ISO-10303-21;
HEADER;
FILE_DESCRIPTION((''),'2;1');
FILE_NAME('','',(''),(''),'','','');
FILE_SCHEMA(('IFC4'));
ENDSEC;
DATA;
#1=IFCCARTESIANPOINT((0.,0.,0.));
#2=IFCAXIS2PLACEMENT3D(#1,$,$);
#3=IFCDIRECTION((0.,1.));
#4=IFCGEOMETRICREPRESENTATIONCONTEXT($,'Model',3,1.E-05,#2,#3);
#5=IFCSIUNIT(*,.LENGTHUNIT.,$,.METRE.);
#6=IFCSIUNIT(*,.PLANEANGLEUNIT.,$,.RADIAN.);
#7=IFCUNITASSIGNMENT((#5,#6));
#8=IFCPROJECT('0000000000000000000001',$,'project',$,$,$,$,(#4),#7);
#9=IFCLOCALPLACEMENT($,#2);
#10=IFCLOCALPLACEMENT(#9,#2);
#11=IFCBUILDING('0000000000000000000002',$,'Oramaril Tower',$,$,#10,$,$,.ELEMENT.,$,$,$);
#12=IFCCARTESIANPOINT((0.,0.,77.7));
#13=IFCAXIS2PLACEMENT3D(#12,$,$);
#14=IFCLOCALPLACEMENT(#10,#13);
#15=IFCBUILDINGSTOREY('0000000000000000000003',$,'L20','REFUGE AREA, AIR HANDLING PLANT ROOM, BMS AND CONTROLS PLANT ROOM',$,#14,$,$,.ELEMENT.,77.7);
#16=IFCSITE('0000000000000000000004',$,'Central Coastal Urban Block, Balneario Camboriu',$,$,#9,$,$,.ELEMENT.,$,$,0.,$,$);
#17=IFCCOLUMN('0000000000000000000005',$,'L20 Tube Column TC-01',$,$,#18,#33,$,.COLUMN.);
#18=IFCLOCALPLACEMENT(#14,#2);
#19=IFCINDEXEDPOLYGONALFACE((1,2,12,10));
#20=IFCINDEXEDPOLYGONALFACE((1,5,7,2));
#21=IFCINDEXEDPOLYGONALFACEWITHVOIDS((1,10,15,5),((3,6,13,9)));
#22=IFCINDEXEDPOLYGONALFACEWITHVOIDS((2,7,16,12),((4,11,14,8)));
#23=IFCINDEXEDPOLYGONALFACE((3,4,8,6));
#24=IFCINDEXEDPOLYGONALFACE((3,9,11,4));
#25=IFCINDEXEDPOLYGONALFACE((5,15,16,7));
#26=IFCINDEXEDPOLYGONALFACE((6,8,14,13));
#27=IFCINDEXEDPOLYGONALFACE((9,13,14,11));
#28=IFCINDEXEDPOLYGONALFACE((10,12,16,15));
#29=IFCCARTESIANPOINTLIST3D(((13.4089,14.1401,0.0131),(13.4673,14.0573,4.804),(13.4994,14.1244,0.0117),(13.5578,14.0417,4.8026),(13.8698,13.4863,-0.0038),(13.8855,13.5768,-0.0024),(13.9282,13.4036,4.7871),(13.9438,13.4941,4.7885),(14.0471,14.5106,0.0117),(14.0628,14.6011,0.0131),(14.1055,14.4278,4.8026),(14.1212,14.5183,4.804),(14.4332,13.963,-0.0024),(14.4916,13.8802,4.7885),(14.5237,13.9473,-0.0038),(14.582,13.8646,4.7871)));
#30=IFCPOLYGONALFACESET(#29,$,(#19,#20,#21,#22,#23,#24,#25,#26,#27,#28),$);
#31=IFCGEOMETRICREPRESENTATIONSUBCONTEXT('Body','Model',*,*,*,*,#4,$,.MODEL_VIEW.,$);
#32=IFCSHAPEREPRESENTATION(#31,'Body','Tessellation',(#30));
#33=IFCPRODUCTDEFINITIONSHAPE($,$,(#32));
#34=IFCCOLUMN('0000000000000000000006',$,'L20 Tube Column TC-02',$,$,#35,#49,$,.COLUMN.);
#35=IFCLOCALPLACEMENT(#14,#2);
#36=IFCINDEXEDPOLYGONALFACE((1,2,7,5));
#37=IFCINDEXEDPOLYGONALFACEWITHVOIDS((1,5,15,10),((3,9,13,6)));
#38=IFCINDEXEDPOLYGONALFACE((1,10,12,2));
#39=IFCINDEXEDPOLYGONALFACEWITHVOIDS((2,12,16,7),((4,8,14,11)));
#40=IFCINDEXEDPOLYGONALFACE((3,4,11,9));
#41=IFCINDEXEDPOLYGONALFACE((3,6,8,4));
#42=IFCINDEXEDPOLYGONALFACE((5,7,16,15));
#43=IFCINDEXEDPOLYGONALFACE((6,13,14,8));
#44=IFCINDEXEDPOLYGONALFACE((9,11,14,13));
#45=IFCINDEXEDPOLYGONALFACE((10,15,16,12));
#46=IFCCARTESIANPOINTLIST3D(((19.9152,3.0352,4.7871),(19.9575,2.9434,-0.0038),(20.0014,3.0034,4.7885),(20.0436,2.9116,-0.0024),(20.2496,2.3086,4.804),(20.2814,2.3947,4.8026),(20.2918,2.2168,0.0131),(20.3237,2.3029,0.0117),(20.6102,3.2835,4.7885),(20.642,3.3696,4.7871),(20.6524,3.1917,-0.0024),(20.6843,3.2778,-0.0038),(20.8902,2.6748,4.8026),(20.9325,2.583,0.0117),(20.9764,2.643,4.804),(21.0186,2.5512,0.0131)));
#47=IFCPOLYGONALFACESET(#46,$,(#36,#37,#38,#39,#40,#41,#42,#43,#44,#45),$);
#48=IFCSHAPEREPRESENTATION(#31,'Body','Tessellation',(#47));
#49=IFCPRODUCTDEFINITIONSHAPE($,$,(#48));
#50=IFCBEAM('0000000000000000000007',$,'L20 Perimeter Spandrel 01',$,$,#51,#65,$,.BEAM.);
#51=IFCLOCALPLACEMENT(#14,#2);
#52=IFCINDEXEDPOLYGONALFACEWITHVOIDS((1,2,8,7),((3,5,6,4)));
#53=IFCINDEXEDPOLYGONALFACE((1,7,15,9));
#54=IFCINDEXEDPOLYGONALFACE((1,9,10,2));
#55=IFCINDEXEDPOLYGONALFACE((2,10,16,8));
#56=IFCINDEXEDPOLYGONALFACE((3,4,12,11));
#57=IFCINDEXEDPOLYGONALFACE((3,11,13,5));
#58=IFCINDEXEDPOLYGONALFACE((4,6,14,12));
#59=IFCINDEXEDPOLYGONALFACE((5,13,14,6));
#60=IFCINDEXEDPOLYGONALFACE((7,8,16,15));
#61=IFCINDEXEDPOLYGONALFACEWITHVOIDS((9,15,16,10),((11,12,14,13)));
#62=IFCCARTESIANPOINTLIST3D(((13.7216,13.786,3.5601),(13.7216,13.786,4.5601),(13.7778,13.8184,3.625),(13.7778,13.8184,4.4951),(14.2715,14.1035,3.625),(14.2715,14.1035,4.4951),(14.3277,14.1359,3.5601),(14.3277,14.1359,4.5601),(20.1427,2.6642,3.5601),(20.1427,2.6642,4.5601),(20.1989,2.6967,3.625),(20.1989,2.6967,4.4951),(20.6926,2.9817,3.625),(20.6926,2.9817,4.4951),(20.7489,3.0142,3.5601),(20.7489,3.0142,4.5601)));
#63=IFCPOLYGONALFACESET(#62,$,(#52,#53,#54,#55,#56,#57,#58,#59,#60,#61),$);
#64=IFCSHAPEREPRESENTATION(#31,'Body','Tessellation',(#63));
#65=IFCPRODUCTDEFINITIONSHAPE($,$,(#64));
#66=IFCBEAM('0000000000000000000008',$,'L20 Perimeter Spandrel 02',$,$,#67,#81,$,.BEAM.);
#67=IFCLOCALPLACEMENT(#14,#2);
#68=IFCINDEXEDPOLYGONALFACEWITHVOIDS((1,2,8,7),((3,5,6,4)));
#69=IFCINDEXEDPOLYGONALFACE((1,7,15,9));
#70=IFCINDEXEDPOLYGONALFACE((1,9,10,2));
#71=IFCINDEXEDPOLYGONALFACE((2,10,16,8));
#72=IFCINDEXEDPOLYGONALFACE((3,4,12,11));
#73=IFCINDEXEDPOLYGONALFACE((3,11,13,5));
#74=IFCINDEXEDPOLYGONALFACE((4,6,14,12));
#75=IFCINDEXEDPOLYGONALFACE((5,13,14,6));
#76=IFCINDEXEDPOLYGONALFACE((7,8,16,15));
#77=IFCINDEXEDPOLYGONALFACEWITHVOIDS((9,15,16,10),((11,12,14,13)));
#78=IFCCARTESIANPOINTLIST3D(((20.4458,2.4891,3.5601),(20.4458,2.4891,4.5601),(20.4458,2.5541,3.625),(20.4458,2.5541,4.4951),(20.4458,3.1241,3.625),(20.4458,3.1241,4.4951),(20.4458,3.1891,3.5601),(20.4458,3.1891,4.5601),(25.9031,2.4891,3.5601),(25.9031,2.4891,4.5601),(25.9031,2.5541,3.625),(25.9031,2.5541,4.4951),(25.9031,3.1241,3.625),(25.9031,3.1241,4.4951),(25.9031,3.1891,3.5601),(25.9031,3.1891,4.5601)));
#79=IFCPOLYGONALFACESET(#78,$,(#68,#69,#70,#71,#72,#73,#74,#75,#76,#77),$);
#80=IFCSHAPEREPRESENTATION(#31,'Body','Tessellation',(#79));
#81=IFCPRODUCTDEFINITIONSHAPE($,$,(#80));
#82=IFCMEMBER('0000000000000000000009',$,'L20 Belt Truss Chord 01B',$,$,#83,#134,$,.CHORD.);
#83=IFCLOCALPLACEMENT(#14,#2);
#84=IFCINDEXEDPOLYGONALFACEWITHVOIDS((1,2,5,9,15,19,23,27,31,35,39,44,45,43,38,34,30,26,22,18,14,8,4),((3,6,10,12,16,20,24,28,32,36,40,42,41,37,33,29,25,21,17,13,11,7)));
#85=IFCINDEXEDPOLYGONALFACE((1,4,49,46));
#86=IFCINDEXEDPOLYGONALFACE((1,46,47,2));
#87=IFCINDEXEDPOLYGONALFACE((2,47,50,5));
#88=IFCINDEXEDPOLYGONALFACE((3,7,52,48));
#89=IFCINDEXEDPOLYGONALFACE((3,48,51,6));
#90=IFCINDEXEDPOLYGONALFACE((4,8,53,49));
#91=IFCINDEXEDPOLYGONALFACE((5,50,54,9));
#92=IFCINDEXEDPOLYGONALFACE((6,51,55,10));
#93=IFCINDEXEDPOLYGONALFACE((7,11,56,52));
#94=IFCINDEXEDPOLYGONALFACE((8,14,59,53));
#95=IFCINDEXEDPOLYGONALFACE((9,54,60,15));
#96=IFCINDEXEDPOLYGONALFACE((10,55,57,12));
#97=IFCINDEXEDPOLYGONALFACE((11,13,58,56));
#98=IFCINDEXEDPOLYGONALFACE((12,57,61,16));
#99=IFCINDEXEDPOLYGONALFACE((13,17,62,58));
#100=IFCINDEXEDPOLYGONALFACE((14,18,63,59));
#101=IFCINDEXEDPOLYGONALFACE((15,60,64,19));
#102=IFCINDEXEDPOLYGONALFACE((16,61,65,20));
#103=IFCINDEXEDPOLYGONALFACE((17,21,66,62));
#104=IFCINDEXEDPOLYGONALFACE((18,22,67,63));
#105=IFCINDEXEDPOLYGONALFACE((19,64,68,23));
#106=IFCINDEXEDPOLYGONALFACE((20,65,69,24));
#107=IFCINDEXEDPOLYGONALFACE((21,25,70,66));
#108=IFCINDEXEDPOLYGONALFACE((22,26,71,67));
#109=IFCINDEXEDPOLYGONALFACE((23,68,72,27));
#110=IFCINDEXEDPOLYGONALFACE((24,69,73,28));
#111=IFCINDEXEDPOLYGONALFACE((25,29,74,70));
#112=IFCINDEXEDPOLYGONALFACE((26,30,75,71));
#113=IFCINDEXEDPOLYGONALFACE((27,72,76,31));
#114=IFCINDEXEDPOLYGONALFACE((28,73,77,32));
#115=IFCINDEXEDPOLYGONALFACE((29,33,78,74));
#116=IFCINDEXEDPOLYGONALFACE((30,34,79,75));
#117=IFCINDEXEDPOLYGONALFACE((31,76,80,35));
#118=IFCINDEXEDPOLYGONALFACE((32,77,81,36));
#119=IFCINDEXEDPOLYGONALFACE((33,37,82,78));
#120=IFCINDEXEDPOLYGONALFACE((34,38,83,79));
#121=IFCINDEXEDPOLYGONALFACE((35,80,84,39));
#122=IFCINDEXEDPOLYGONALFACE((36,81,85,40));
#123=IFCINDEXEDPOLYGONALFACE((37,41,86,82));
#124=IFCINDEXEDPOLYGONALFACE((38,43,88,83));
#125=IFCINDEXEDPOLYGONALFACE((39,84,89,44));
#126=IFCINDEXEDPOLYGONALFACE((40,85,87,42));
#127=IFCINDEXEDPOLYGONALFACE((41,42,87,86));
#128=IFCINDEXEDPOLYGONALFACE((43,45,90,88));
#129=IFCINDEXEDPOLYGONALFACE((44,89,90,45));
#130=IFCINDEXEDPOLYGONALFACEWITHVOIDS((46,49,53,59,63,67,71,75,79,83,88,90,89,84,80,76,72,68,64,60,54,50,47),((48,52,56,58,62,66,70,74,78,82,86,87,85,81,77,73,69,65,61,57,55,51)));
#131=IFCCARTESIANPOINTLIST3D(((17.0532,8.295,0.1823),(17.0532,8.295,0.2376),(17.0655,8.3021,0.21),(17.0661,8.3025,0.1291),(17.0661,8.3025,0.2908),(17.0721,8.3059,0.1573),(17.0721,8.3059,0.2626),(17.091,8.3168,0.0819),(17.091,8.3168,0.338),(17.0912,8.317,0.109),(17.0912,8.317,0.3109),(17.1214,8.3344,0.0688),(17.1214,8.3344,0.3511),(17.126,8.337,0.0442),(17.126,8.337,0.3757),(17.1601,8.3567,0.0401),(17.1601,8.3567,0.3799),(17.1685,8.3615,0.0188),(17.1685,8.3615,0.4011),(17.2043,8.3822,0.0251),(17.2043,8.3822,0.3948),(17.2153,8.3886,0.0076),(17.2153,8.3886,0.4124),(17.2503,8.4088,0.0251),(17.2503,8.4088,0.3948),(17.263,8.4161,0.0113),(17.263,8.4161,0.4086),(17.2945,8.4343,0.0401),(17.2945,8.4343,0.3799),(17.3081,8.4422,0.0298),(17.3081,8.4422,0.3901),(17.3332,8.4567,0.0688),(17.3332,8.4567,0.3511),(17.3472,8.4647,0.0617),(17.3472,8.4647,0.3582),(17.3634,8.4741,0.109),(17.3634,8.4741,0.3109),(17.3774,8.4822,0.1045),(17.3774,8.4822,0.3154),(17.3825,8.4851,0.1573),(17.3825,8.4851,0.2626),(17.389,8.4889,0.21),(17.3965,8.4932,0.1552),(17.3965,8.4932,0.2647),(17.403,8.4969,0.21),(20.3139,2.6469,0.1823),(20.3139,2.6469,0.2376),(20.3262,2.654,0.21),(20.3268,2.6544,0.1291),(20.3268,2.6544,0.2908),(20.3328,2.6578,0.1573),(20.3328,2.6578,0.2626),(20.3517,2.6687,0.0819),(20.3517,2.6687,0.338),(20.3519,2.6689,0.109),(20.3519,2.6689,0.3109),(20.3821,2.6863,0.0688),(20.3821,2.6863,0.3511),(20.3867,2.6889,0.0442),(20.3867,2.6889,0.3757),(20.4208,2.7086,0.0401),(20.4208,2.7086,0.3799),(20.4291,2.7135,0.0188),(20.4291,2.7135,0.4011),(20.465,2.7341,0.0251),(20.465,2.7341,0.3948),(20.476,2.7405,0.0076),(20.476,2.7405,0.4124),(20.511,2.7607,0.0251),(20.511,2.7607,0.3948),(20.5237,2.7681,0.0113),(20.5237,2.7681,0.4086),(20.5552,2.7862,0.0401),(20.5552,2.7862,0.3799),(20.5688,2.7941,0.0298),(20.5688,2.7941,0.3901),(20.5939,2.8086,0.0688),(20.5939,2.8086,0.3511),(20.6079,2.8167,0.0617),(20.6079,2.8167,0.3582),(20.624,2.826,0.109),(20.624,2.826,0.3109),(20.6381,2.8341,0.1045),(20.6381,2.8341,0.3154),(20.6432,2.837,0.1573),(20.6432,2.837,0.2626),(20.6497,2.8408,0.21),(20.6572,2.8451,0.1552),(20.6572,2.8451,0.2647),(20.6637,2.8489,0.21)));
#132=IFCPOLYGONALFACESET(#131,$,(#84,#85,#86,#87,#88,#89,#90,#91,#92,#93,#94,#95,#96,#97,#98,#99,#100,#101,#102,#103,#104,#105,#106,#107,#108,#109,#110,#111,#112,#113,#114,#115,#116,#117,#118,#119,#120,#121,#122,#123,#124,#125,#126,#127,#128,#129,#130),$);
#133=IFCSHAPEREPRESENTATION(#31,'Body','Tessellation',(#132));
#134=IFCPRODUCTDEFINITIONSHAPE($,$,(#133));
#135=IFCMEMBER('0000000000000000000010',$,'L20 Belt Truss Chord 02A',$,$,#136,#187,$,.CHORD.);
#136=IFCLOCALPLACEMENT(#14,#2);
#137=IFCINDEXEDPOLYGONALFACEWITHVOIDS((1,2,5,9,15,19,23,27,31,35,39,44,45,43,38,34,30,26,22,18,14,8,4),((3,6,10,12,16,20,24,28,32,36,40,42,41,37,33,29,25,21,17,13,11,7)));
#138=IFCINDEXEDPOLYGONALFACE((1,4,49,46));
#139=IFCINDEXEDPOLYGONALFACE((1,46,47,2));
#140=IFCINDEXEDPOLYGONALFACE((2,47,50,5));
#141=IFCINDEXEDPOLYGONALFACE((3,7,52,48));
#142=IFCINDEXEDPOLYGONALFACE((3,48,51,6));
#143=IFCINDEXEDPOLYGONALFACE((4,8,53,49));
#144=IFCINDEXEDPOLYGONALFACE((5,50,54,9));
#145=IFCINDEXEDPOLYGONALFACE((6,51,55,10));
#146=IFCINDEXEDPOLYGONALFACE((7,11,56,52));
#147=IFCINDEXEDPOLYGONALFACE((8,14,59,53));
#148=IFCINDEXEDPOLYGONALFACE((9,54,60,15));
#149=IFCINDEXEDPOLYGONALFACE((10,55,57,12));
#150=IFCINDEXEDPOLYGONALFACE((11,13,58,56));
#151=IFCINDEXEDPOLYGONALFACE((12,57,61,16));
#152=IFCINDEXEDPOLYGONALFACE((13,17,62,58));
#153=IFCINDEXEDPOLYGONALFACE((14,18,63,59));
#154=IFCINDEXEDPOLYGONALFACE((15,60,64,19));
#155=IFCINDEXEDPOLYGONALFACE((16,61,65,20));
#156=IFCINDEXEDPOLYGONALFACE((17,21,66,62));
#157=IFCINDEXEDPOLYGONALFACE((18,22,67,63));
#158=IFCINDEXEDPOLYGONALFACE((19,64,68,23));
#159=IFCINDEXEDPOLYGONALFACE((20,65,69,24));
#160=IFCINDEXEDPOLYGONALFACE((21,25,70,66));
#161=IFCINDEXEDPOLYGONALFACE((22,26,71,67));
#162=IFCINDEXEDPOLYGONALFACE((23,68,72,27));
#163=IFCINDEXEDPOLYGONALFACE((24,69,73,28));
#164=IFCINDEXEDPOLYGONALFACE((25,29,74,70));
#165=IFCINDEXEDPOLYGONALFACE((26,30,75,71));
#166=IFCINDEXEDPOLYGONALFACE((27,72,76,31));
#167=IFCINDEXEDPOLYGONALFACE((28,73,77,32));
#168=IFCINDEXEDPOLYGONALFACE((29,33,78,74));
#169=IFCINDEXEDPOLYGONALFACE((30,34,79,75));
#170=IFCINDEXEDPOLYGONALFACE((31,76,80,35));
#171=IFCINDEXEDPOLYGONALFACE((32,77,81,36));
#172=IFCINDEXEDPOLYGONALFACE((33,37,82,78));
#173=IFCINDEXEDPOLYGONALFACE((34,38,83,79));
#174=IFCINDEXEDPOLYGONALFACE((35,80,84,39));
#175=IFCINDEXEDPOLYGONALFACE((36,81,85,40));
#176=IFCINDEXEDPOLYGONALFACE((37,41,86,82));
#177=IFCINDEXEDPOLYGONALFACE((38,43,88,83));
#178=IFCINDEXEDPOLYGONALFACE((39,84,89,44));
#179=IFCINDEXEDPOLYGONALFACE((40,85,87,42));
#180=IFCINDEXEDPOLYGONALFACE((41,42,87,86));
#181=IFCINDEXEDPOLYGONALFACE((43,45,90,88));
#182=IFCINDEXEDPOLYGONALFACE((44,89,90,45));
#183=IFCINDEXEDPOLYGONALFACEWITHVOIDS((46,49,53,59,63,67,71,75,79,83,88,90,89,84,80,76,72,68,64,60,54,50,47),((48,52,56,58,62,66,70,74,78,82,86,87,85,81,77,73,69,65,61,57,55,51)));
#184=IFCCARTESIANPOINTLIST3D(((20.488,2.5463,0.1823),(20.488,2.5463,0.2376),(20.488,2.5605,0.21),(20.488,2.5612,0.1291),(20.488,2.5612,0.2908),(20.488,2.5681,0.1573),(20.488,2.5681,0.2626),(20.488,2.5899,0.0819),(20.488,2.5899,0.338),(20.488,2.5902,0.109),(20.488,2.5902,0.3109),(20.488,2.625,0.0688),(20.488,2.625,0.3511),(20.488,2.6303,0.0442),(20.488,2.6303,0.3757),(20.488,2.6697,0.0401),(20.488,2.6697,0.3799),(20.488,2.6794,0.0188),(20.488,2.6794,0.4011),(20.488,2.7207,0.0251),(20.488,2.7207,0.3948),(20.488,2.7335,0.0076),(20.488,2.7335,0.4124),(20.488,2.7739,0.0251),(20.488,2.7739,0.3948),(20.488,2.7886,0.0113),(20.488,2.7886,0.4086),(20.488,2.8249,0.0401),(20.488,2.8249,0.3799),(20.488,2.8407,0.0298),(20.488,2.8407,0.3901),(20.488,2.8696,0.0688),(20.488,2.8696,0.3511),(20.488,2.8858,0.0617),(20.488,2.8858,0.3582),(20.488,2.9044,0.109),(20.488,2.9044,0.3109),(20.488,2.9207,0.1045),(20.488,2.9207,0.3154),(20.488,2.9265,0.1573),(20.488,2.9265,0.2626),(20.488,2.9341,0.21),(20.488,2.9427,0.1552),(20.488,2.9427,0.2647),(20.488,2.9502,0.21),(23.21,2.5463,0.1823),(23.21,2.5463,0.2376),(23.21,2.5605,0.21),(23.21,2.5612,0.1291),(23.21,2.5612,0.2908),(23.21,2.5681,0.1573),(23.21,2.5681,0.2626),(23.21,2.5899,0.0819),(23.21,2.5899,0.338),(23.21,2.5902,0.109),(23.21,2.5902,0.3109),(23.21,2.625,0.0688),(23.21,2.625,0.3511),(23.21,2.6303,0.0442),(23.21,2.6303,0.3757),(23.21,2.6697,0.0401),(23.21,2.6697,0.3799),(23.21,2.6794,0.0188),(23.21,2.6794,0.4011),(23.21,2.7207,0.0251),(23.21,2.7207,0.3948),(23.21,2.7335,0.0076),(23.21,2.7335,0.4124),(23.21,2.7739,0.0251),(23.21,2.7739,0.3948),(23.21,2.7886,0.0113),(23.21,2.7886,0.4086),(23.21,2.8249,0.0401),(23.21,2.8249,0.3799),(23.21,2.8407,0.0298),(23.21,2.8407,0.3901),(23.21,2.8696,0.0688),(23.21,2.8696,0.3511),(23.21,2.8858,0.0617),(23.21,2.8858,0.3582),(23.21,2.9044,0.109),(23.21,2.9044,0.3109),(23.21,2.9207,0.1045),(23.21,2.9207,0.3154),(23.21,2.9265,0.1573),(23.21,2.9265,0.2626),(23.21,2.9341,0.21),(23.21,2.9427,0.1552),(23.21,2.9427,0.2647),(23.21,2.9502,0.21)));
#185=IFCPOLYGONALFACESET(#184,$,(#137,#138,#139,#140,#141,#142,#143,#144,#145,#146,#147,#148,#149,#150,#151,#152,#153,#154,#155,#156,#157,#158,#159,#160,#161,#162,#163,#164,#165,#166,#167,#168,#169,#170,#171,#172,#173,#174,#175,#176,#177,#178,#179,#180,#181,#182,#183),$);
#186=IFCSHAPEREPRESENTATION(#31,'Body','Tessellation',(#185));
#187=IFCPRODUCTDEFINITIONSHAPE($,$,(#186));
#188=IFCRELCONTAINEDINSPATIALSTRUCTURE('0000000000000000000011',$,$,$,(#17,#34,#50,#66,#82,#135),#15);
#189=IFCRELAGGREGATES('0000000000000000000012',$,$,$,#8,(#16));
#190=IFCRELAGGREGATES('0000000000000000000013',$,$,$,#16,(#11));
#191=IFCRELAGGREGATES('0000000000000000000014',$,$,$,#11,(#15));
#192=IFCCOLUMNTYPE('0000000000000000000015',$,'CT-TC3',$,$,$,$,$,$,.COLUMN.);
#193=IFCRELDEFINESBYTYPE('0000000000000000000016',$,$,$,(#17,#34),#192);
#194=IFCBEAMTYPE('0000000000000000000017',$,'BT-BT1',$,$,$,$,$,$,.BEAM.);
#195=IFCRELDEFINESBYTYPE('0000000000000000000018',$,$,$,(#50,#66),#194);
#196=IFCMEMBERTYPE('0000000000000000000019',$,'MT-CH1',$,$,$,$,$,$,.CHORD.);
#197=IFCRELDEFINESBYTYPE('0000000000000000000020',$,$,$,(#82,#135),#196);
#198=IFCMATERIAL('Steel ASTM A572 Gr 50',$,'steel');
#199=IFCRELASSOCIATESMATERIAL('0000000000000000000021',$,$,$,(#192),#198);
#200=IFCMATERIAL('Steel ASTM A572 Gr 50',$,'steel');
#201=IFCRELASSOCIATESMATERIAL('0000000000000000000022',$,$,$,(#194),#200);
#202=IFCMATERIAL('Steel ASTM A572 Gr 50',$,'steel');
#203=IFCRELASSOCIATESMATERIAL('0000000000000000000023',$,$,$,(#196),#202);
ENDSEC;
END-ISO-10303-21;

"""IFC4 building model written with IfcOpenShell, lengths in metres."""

from ifc_helpers import new_model, si_unit, direction, frame, origin, origin_2d, place, context, subcontext, project, spatial, hollow_rectangle, hollow_circle, extrude, material, material_profile, profile_set, type_object, element, save


model = new_model("IFC4")

# Units and contexts
model_context = context("Model", 3, precision=1e-05, world=origin(), true_north=direction((0.0, 1.0)))
body_context = subcontext(model_context, "Body", "Model", "MODEL_VIEW")
ifc_project = project(units=[si_unit("LENGTHUNIT", "METRE"), si_unit("PLANEANGLEUNIT", "RADIAN")], contexts=[model_context])

# Site, building, storey
site_placement = place(None, origin())
site = spatial("IfcSite", under=ifc_project, at=site_placement, Name="Central Coastal Urban Block, Balneario Camboriu", CompositionType="ELEMENT", RefElevation=0.0)
building_placement = place(site_placement, origin())
building = spatial("IfcBuilding", under=site, at=building_placement, Name="Oramaril Tower", CompositionType="ELEMENT")
storey_placement = place(building_placement, frame((0.0, 0.0, 77.7)))
storey = spatial("IfcBuildingStorey", under=building, at=storey_placement, Name="L20", Description="REFUGE AREA, AIR HANDLING PLANT ROOM, BMS AND CONTROLS PLANT ROOM", CompositionType="ELEMENT", Elevation=77.7)

# Columns
ifc_material_1 = material(Name="Steel ASTM A572 Gr 50", Category="steel")
ifc_material_profile_1 = material_profile(ifc_material_1, hollow_rectangle(XDim=0.8, YDim=0.8, WallThickness=0.0649, at=origin_2d()), Name="BOX800X800X65")
ifc_profile_set_1 = profile_set([ifc_material_profile_1], Name="Steel ASTM A572 Gr 50")
column_type = type_object("IfcColumnType", Name="CT-TC3", PredefinedType="COLUMN", material=ifc_profile_set_1)
for number, where, z_axis, x_axis, name in (
    (1, (13.9663, 14.0437, 0.0046), (0.012176, -0.017271, 0.999777), (0.817302, 0.57621, 0.0), "L20 Tube Column TC-01"),
    (2, (20.488, 2.7473, 0.0046), (-0.008814, 0.019156, 0.999778), (-0.908454, -0.417985, 0.0), "L20 Tube Column TC-02"),
):
    element("IfcColumn", number, at=place(storey_placement, frame(where, z_axis=z_axis, x_axis=x_axis)), inside=storey, type_object=column_type, Name=name, PredefinedType="COLUMN", context=body_context, shape_type="SweptSolid", body=[
        extrude(hollow_rectangle(XDim=0.8, YDim=0.8, WallThickness=0.0649, at=origin_2d()), origin(), (0.0, 0.0, 1.0), 4.792),
    ])

# Beams
ifc_material_2 = material(Name="Steel ASTM A572 Gr 50", Category="steel")
ifc_material_profile_2 = material_profile(ifc_material_2, hollow_rectangle(XDim=0.7, YDim=1.0, WallThickness=0.0649, at=origin_2d()), Name="BOX1000X700X65")
ifc_profile_set_2 = profile_set([ifc_material_profile_2], Name="Steel ASTM A572 Gr 50")
beam_type = type_object("IfcBeamType", Name="BT-BT1", PredefinedType="BEAM", material=ifc_profile_set_2)
beam_1_placement = place(storey_placement, frame((14.0247, 13.9609, 4.0601), z_axis=(0.499997, -0.866027, 0.0), x_axis=(0.866027, 0.499997, 0.0)))
element("IfcBeam", 3, at=beam_1_placement, inside=storey, type_object=beam_type, Name="L20 Perimeter Spandrel 01", PredefinedType="BEAM", context=body_context, shape_type="SweptSolid", body=[
    extrude(hollow_rectangle(XDim=0.7, YDim=1.0, WallThickness=0.0649, at=origin_2d()), origin(), (0.0, 0.0, 1.0), 12.8423),
])
beam_2_placement = place(storey_placement, frame((20.4458, 2.8391, 4.0601), z_axis=(1.0, 0.0, 0.0), x_axis=(0.0, 1.0, 0.0)))
element("IfcBeam", 4, at=beam_2_placement, inside=storey, type_object=beam_type, Name="L20 Perimeter Spandrel 02", PredefinedType="BEAM", context=body_context, shape_type="SweptSolid", body=[
    extrude(hollow_rectangle(XDim=0.7, YDim=1.0, WallThickness=0.0649, at=origin_2d()), origin(), (0.0, 0.0, 1.0), 5.4573),
])

# Members
ifc_material_3 = material(Name="Steel ASTM A572 Gr 50", Category="steel")
ifc_material_profile_3 = material_profile(ifc_material_3, hollow_circle(Radius=0.2029, WallThickness=0.0161, at=origin_2d()), Name="CHS406X16")
ifc_profile_set_3 = profile_set([ifc_material_profile_3], Name="Steel ASTM A572 Gr 50")
member_type_1 = type_object("IfcMemberType", Name="MT-CH1", PredefinedType="CHORD", material=ifc_profile_set_3)
member_1_placement = place(storey_placement, frame((17.2273, 8.3955, 0.21), z_axis=(0.499972, -0.866042, 0.0), x_axis=(0.866042, 0.499972, 0.0)))
element("IfcMember", 5, at=member_1_placement, inside=storey, type_object=member_type_1, Name="L20 Belt Truss Chord 01B", PredefinedType="CHORD", context=body_context, shape_type="SweptSolid", body=[
    extrude(hollow_circle(Radius=0.2029, WallThickness=0.0161, at=origin_2d()), origin(), (0.0, 0.0, 1.0), 6.5217),
])
member_2_placement = place(storey_placement, frame((20.488, 2.7473, 0.21), z_axis=(1.0, 0.0, 0.0), x_axis=(0.0, 1.0, 0.0)))
element("IfcMember", 6, at=member_2_placement, inside=storey, type_object=member_type_1, Name="L20 Belt Truss Chord 02A", PredefinedType="CHORD", context=body_context, shape_type="SweptSolid", body=[
    extrude(hollow_circle(Radius=0.2029, WallThickness=0.0161, at=origin_2d()), origin(), (0.0, 0.0, 1.0), 2.7219),
])

save(model, "model.ifc")
